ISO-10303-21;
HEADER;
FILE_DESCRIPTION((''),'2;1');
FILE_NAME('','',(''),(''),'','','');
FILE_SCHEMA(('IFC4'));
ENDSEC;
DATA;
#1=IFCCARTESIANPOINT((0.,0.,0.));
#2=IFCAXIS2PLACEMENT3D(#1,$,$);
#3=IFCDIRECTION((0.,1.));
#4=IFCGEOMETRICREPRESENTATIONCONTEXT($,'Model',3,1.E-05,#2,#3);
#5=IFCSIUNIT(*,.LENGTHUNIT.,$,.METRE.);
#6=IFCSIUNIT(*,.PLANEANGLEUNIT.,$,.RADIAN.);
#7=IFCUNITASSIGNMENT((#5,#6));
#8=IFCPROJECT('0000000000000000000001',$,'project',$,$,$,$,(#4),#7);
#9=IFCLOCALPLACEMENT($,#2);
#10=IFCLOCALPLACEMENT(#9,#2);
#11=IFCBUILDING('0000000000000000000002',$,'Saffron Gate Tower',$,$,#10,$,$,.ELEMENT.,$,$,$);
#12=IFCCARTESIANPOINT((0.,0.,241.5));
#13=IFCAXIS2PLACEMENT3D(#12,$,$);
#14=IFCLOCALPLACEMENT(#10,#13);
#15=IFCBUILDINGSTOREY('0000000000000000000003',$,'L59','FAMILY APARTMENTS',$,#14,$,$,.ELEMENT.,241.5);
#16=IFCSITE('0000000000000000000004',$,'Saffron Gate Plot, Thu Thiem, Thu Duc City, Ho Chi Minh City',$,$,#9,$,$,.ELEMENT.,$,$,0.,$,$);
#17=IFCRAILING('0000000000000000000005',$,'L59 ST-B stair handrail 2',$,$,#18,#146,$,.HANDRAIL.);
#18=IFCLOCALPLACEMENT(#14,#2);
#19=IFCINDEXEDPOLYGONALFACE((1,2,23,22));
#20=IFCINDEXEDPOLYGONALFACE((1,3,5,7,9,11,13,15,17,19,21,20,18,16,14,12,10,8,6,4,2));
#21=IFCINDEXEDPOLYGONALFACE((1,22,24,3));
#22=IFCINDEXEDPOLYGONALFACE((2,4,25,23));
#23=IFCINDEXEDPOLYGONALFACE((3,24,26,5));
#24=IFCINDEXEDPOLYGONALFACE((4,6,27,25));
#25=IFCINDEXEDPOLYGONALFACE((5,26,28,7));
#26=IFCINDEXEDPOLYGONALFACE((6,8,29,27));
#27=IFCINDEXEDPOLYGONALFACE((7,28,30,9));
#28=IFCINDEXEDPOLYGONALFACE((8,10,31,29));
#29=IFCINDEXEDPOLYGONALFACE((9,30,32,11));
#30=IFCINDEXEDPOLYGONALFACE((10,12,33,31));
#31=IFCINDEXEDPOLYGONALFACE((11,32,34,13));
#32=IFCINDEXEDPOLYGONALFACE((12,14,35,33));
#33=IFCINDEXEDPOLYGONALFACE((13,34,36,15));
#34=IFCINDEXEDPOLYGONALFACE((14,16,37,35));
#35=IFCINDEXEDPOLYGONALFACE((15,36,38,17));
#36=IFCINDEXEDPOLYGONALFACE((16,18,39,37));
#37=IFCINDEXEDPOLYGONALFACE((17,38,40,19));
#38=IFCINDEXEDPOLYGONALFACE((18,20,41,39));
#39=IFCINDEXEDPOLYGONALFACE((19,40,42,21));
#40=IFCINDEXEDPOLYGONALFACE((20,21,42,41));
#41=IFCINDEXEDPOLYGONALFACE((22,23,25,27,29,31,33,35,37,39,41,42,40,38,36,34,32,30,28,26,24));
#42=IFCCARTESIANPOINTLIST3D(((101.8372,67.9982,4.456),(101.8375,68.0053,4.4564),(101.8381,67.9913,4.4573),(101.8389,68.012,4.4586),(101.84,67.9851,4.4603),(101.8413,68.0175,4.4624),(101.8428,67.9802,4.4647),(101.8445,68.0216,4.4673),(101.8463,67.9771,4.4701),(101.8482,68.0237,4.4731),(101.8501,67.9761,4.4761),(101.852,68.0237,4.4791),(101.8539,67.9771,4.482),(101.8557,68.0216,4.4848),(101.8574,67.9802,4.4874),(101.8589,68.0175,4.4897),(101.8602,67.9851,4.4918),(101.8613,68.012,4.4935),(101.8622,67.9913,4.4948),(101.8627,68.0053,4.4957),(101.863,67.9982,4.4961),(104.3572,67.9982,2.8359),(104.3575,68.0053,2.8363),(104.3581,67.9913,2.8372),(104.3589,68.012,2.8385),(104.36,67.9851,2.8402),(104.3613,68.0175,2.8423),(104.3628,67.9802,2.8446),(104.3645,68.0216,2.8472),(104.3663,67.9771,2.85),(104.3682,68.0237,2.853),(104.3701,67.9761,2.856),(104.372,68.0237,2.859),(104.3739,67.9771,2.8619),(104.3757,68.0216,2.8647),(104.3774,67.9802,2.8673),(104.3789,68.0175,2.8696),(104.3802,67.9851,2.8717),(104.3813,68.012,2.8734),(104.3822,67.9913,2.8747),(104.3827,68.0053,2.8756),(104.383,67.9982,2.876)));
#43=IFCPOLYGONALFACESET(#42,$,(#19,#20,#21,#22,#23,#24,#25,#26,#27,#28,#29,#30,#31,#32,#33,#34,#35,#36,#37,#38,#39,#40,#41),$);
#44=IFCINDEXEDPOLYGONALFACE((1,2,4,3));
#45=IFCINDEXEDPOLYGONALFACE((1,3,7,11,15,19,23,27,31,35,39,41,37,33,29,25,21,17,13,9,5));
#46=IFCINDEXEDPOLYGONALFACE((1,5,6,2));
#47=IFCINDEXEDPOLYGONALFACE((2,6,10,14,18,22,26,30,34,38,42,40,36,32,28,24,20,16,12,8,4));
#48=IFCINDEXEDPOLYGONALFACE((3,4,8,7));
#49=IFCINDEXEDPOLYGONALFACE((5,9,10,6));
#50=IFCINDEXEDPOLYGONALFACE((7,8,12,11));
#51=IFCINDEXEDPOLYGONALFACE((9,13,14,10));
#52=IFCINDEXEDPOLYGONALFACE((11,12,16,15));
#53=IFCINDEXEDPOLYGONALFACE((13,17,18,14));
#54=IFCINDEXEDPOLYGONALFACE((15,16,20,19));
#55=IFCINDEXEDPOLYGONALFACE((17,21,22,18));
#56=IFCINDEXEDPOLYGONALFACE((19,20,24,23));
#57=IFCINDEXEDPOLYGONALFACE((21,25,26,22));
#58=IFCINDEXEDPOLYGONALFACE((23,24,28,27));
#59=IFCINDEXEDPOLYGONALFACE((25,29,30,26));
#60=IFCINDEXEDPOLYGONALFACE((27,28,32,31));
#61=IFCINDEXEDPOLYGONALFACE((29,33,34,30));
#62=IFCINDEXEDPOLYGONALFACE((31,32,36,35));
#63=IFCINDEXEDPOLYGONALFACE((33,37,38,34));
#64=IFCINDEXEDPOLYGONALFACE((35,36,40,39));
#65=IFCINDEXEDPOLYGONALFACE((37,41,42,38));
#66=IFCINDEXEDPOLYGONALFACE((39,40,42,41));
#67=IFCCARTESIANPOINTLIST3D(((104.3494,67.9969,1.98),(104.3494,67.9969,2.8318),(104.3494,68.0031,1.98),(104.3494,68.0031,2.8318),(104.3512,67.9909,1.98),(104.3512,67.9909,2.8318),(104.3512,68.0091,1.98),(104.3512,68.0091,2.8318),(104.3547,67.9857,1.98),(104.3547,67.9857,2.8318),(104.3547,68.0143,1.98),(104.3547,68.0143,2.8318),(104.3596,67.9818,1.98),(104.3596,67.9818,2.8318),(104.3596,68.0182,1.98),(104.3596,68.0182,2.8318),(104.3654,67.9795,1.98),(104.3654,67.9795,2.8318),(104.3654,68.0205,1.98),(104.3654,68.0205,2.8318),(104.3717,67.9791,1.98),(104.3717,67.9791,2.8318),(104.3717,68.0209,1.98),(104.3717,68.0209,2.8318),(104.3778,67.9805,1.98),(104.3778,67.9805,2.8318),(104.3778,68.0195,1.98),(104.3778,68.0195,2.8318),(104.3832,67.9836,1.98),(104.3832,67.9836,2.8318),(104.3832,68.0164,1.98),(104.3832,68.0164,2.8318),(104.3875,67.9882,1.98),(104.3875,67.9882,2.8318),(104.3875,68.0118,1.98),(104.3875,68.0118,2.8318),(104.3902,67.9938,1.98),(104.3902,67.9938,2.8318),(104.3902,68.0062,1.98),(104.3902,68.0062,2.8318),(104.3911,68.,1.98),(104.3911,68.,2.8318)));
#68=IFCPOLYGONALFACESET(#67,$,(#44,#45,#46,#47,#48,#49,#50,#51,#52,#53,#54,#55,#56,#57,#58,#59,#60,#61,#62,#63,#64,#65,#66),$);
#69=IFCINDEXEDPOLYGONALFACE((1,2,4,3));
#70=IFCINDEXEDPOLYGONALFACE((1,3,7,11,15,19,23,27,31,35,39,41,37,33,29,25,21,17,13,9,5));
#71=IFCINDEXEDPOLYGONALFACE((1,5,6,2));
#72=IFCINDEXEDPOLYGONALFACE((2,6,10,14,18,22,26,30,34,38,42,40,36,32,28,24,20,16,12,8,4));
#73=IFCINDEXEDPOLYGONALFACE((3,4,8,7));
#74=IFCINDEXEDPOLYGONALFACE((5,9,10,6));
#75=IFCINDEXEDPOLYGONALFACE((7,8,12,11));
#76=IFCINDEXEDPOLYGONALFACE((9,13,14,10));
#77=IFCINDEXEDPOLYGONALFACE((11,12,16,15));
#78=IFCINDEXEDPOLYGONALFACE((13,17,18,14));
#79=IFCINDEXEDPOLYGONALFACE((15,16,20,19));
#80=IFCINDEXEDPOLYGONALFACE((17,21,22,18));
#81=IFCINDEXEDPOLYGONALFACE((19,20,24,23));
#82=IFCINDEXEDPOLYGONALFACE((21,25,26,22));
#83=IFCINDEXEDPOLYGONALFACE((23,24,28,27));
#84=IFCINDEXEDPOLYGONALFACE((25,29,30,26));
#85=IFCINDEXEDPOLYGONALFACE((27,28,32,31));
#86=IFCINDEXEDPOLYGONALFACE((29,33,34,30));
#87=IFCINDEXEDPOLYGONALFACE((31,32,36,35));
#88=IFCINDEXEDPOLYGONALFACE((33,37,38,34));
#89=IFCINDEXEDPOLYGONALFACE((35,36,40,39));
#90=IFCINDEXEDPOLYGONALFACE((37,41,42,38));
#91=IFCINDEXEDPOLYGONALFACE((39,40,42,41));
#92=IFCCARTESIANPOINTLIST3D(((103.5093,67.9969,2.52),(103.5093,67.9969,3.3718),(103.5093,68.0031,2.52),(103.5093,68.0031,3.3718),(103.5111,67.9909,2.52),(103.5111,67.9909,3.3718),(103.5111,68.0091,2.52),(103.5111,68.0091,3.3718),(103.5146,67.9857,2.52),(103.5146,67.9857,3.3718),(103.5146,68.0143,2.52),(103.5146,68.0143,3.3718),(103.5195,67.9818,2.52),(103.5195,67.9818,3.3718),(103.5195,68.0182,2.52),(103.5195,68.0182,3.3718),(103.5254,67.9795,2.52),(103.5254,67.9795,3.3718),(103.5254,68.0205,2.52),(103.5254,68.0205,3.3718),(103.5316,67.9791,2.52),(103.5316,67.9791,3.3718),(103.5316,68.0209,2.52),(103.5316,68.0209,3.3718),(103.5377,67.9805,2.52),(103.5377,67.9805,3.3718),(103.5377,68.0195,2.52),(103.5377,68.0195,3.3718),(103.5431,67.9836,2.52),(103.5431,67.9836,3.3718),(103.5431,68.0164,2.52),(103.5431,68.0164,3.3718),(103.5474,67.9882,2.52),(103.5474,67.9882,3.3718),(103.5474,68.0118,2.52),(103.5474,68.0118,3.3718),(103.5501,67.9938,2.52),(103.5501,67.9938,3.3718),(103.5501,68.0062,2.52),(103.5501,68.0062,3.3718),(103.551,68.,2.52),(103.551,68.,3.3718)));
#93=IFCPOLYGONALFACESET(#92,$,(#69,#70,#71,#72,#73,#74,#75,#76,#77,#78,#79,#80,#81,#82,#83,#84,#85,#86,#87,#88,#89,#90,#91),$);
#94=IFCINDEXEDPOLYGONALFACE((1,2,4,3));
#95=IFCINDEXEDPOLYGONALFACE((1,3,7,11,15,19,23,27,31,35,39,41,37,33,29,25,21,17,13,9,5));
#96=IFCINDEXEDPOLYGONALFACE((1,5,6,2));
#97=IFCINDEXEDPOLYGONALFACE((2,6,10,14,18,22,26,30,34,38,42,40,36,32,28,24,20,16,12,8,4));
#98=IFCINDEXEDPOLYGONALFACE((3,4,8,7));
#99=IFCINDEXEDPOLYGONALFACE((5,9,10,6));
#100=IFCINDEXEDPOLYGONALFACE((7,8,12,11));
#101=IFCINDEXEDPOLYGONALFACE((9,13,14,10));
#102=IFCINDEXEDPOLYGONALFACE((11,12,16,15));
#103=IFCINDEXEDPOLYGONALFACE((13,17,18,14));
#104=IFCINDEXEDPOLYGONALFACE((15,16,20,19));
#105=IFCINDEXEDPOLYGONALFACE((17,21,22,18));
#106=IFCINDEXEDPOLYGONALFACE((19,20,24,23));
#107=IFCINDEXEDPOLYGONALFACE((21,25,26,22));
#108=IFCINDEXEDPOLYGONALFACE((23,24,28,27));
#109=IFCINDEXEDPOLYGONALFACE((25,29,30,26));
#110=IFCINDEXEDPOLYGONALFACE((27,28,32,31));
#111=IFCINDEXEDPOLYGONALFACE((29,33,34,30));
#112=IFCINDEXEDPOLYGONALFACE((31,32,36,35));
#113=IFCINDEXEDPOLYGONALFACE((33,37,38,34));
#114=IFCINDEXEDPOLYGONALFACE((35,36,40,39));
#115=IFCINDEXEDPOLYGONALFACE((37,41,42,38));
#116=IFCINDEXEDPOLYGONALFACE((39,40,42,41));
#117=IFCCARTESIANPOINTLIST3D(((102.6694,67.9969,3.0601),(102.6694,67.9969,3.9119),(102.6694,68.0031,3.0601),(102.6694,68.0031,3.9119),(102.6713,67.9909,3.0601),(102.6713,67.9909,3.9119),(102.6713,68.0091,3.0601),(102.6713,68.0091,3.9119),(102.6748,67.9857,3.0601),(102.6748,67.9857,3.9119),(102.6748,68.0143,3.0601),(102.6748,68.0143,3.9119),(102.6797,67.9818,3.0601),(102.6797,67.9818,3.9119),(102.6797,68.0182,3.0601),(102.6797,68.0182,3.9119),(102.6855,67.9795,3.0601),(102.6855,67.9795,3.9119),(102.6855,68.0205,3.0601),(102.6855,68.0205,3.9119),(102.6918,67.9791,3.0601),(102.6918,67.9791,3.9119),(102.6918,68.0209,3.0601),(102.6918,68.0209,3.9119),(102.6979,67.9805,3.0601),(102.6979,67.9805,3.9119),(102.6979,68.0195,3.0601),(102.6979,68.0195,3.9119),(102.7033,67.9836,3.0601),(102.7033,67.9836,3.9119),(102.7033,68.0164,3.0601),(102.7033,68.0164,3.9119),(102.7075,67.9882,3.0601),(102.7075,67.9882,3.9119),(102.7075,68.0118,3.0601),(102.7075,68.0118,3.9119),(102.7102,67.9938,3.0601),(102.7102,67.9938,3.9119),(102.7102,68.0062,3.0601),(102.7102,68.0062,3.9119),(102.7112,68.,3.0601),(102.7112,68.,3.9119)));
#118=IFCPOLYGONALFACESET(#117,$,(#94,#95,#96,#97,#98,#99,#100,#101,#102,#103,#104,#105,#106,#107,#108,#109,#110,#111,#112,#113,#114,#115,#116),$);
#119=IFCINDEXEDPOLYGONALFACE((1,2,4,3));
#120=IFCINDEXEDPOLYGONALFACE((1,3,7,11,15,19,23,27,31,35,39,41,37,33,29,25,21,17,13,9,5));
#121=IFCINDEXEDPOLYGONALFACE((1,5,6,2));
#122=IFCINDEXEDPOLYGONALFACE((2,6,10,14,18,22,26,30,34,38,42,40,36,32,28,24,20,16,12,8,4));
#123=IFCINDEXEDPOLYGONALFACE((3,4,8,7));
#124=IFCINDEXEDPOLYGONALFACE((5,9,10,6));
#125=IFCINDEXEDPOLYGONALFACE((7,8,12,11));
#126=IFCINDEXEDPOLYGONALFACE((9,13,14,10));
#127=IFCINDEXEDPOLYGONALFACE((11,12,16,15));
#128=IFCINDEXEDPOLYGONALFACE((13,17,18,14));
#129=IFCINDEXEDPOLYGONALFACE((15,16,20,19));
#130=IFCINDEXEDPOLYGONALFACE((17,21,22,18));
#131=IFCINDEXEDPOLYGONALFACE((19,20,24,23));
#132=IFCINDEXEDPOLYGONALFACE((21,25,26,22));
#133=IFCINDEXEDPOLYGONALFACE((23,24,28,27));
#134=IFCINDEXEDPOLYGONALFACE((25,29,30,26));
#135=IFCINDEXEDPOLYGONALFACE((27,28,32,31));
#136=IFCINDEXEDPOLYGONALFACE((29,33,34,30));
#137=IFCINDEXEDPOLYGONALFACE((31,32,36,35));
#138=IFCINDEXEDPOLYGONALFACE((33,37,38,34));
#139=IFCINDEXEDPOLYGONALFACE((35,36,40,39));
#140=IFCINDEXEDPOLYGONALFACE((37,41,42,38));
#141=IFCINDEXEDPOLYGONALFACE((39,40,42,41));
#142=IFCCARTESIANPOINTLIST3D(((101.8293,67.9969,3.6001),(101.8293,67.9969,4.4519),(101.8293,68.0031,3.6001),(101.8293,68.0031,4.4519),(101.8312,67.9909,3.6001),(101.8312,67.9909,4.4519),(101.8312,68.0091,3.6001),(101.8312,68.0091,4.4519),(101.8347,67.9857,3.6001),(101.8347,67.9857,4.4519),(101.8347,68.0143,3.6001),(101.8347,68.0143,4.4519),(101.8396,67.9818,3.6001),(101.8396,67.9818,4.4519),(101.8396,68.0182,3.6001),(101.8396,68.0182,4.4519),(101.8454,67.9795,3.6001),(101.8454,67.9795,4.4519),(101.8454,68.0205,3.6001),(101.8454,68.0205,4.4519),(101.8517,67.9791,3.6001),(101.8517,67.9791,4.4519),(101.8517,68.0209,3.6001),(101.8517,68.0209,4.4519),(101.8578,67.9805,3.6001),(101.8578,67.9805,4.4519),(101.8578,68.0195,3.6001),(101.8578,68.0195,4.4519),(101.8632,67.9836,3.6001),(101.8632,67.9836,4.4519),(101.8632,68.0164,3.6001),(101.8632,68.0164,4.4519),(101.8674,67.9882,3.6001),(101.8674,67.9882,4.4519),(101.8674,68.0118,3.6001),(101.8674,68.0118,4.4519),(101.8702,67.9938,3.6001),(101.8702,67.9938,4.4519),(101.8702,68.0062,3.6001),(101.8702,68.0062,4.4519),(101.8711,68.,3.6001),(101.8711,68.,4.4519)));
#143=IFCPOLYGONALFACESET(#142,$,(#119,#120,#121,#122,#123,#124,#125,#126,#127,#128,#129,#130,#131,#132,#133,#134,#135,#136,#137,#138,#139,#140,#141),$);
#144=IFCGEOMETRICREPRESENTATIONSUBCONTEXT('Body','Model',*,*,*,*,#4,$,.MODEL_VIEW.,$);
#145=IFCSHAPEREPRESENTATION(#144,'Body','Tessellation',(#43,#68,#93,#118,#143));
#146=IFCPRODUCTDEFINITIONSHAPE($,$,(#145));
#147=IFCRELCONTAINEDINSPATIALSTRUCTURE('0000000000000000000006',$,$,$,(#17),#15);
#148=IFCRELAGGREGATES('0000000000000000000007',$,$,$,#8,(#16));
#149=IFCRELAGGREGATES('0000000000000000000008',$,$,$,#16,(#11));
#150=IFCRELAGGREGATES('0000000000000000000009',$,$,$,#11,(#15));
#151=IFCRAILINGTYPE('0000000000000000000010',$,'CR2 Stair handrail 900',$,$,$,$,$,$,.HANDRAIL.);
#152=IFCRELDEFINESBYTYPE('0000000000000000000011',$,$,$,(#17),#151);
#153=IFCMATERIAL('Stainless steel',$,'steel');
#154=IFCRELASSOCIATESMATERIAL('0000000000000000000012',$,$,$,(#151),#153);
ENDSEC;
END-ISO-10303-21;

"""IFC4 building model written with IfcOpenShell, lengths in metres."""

from ifc_helpers import new_model, si_unit, direction, frame, origin, origin_2d, place, context, subcontext, project, spatial, circle, extrude, material, type_object, element, save


model = new_model("IFC4")

# Units and contexts
model_context = context("Model", 3, precision=1e-05, world=origin(), true_north=direction((0.0, 1.0)))
body_context = subcontext(model_context, "Body", "Model", "MODEL_VIEW")
ifc_project = project(units=[si_unit("LENGTHUNIT", "METRE"), si_unit("PLANEANGLEUNIT", "RADIAN")], contexts=[model_context])

# Site, building, storey
site_placement = place(None, origin())
site = spatial("IfcSite", under=ifc_project, at=site_placement, Name="Saffron Gate Plot, Thu Thiem, Thu Duc City, Ho Chi Minh City", CompositionType="ELEMENT", RefElevation=0.0)
building_placement = place(site_placement, origin())
building = spatial("IfcBuilding", under=site, at=building_placement, Name="Saffron Gate Tower", CompositionType="ELEMENT")
storey_placement = place(building_placement, frame((0.0, 0.0, 241.5)))
storey = spatial("IfcBuildingStorey", under=building, at=storey_placement, Name="L59", Description="FAMILY APARTMENTS", CompositionType="ELEMENT", Elevation=241.5)

# Railing
ifc_material_1 = material(Name="Stainless steel", Category="steel")
railing_type_1 = type_object("IfcRailingType", Name="CR2 Stair handrail 900", PredefinedType="HANDRAIL", material=ifc_material_1)
railing_1_placement = place(storey_placement, frame((104.3701, 68.0, 1.98)))
element("IfcRailing", 1, at=railing_1_placement, inside=storey, type_object=railing_type_1, Name="L59 ST-B stair handrail 2", PredefinedType="HANDRAIL", context=body_context, shape_type="SweptSolid", body=[
    extrude(circle(Radius=0.0239, at=origin_2d()), frame((0.0, 0.0, 0.876), z_axis=(-0.841163, 0.0, 0.540782), x_axis=(0.0, -1.0, 0.0)), (0.0, 0.0, 1.0), 2.9958),
    extrude(circle(Radius=0.021, at=origin_2d()), origin(), (0.0, 0.0, 1.0), 0.8518),
    extrude(circle(Radius=0.021, at=origin_2d()), frame((-0.8401, 0.0, 0.54)), (0.0, 0.0, 1.0), 0.8518),
    extrude(circle(Radius=0.021, at=origin_2d()), frame((-1.6799, 0.0, 1.0801)), (0.0, 0.0, 1.0), 0.8518),
    extrude(circle(Radius=0.021, at=origin_2d()), frame((-2.52, 0.0, 1.6201)), (0.0, 0.0, 1.0), 0.8518),
])

save(model, "model.ifc")
